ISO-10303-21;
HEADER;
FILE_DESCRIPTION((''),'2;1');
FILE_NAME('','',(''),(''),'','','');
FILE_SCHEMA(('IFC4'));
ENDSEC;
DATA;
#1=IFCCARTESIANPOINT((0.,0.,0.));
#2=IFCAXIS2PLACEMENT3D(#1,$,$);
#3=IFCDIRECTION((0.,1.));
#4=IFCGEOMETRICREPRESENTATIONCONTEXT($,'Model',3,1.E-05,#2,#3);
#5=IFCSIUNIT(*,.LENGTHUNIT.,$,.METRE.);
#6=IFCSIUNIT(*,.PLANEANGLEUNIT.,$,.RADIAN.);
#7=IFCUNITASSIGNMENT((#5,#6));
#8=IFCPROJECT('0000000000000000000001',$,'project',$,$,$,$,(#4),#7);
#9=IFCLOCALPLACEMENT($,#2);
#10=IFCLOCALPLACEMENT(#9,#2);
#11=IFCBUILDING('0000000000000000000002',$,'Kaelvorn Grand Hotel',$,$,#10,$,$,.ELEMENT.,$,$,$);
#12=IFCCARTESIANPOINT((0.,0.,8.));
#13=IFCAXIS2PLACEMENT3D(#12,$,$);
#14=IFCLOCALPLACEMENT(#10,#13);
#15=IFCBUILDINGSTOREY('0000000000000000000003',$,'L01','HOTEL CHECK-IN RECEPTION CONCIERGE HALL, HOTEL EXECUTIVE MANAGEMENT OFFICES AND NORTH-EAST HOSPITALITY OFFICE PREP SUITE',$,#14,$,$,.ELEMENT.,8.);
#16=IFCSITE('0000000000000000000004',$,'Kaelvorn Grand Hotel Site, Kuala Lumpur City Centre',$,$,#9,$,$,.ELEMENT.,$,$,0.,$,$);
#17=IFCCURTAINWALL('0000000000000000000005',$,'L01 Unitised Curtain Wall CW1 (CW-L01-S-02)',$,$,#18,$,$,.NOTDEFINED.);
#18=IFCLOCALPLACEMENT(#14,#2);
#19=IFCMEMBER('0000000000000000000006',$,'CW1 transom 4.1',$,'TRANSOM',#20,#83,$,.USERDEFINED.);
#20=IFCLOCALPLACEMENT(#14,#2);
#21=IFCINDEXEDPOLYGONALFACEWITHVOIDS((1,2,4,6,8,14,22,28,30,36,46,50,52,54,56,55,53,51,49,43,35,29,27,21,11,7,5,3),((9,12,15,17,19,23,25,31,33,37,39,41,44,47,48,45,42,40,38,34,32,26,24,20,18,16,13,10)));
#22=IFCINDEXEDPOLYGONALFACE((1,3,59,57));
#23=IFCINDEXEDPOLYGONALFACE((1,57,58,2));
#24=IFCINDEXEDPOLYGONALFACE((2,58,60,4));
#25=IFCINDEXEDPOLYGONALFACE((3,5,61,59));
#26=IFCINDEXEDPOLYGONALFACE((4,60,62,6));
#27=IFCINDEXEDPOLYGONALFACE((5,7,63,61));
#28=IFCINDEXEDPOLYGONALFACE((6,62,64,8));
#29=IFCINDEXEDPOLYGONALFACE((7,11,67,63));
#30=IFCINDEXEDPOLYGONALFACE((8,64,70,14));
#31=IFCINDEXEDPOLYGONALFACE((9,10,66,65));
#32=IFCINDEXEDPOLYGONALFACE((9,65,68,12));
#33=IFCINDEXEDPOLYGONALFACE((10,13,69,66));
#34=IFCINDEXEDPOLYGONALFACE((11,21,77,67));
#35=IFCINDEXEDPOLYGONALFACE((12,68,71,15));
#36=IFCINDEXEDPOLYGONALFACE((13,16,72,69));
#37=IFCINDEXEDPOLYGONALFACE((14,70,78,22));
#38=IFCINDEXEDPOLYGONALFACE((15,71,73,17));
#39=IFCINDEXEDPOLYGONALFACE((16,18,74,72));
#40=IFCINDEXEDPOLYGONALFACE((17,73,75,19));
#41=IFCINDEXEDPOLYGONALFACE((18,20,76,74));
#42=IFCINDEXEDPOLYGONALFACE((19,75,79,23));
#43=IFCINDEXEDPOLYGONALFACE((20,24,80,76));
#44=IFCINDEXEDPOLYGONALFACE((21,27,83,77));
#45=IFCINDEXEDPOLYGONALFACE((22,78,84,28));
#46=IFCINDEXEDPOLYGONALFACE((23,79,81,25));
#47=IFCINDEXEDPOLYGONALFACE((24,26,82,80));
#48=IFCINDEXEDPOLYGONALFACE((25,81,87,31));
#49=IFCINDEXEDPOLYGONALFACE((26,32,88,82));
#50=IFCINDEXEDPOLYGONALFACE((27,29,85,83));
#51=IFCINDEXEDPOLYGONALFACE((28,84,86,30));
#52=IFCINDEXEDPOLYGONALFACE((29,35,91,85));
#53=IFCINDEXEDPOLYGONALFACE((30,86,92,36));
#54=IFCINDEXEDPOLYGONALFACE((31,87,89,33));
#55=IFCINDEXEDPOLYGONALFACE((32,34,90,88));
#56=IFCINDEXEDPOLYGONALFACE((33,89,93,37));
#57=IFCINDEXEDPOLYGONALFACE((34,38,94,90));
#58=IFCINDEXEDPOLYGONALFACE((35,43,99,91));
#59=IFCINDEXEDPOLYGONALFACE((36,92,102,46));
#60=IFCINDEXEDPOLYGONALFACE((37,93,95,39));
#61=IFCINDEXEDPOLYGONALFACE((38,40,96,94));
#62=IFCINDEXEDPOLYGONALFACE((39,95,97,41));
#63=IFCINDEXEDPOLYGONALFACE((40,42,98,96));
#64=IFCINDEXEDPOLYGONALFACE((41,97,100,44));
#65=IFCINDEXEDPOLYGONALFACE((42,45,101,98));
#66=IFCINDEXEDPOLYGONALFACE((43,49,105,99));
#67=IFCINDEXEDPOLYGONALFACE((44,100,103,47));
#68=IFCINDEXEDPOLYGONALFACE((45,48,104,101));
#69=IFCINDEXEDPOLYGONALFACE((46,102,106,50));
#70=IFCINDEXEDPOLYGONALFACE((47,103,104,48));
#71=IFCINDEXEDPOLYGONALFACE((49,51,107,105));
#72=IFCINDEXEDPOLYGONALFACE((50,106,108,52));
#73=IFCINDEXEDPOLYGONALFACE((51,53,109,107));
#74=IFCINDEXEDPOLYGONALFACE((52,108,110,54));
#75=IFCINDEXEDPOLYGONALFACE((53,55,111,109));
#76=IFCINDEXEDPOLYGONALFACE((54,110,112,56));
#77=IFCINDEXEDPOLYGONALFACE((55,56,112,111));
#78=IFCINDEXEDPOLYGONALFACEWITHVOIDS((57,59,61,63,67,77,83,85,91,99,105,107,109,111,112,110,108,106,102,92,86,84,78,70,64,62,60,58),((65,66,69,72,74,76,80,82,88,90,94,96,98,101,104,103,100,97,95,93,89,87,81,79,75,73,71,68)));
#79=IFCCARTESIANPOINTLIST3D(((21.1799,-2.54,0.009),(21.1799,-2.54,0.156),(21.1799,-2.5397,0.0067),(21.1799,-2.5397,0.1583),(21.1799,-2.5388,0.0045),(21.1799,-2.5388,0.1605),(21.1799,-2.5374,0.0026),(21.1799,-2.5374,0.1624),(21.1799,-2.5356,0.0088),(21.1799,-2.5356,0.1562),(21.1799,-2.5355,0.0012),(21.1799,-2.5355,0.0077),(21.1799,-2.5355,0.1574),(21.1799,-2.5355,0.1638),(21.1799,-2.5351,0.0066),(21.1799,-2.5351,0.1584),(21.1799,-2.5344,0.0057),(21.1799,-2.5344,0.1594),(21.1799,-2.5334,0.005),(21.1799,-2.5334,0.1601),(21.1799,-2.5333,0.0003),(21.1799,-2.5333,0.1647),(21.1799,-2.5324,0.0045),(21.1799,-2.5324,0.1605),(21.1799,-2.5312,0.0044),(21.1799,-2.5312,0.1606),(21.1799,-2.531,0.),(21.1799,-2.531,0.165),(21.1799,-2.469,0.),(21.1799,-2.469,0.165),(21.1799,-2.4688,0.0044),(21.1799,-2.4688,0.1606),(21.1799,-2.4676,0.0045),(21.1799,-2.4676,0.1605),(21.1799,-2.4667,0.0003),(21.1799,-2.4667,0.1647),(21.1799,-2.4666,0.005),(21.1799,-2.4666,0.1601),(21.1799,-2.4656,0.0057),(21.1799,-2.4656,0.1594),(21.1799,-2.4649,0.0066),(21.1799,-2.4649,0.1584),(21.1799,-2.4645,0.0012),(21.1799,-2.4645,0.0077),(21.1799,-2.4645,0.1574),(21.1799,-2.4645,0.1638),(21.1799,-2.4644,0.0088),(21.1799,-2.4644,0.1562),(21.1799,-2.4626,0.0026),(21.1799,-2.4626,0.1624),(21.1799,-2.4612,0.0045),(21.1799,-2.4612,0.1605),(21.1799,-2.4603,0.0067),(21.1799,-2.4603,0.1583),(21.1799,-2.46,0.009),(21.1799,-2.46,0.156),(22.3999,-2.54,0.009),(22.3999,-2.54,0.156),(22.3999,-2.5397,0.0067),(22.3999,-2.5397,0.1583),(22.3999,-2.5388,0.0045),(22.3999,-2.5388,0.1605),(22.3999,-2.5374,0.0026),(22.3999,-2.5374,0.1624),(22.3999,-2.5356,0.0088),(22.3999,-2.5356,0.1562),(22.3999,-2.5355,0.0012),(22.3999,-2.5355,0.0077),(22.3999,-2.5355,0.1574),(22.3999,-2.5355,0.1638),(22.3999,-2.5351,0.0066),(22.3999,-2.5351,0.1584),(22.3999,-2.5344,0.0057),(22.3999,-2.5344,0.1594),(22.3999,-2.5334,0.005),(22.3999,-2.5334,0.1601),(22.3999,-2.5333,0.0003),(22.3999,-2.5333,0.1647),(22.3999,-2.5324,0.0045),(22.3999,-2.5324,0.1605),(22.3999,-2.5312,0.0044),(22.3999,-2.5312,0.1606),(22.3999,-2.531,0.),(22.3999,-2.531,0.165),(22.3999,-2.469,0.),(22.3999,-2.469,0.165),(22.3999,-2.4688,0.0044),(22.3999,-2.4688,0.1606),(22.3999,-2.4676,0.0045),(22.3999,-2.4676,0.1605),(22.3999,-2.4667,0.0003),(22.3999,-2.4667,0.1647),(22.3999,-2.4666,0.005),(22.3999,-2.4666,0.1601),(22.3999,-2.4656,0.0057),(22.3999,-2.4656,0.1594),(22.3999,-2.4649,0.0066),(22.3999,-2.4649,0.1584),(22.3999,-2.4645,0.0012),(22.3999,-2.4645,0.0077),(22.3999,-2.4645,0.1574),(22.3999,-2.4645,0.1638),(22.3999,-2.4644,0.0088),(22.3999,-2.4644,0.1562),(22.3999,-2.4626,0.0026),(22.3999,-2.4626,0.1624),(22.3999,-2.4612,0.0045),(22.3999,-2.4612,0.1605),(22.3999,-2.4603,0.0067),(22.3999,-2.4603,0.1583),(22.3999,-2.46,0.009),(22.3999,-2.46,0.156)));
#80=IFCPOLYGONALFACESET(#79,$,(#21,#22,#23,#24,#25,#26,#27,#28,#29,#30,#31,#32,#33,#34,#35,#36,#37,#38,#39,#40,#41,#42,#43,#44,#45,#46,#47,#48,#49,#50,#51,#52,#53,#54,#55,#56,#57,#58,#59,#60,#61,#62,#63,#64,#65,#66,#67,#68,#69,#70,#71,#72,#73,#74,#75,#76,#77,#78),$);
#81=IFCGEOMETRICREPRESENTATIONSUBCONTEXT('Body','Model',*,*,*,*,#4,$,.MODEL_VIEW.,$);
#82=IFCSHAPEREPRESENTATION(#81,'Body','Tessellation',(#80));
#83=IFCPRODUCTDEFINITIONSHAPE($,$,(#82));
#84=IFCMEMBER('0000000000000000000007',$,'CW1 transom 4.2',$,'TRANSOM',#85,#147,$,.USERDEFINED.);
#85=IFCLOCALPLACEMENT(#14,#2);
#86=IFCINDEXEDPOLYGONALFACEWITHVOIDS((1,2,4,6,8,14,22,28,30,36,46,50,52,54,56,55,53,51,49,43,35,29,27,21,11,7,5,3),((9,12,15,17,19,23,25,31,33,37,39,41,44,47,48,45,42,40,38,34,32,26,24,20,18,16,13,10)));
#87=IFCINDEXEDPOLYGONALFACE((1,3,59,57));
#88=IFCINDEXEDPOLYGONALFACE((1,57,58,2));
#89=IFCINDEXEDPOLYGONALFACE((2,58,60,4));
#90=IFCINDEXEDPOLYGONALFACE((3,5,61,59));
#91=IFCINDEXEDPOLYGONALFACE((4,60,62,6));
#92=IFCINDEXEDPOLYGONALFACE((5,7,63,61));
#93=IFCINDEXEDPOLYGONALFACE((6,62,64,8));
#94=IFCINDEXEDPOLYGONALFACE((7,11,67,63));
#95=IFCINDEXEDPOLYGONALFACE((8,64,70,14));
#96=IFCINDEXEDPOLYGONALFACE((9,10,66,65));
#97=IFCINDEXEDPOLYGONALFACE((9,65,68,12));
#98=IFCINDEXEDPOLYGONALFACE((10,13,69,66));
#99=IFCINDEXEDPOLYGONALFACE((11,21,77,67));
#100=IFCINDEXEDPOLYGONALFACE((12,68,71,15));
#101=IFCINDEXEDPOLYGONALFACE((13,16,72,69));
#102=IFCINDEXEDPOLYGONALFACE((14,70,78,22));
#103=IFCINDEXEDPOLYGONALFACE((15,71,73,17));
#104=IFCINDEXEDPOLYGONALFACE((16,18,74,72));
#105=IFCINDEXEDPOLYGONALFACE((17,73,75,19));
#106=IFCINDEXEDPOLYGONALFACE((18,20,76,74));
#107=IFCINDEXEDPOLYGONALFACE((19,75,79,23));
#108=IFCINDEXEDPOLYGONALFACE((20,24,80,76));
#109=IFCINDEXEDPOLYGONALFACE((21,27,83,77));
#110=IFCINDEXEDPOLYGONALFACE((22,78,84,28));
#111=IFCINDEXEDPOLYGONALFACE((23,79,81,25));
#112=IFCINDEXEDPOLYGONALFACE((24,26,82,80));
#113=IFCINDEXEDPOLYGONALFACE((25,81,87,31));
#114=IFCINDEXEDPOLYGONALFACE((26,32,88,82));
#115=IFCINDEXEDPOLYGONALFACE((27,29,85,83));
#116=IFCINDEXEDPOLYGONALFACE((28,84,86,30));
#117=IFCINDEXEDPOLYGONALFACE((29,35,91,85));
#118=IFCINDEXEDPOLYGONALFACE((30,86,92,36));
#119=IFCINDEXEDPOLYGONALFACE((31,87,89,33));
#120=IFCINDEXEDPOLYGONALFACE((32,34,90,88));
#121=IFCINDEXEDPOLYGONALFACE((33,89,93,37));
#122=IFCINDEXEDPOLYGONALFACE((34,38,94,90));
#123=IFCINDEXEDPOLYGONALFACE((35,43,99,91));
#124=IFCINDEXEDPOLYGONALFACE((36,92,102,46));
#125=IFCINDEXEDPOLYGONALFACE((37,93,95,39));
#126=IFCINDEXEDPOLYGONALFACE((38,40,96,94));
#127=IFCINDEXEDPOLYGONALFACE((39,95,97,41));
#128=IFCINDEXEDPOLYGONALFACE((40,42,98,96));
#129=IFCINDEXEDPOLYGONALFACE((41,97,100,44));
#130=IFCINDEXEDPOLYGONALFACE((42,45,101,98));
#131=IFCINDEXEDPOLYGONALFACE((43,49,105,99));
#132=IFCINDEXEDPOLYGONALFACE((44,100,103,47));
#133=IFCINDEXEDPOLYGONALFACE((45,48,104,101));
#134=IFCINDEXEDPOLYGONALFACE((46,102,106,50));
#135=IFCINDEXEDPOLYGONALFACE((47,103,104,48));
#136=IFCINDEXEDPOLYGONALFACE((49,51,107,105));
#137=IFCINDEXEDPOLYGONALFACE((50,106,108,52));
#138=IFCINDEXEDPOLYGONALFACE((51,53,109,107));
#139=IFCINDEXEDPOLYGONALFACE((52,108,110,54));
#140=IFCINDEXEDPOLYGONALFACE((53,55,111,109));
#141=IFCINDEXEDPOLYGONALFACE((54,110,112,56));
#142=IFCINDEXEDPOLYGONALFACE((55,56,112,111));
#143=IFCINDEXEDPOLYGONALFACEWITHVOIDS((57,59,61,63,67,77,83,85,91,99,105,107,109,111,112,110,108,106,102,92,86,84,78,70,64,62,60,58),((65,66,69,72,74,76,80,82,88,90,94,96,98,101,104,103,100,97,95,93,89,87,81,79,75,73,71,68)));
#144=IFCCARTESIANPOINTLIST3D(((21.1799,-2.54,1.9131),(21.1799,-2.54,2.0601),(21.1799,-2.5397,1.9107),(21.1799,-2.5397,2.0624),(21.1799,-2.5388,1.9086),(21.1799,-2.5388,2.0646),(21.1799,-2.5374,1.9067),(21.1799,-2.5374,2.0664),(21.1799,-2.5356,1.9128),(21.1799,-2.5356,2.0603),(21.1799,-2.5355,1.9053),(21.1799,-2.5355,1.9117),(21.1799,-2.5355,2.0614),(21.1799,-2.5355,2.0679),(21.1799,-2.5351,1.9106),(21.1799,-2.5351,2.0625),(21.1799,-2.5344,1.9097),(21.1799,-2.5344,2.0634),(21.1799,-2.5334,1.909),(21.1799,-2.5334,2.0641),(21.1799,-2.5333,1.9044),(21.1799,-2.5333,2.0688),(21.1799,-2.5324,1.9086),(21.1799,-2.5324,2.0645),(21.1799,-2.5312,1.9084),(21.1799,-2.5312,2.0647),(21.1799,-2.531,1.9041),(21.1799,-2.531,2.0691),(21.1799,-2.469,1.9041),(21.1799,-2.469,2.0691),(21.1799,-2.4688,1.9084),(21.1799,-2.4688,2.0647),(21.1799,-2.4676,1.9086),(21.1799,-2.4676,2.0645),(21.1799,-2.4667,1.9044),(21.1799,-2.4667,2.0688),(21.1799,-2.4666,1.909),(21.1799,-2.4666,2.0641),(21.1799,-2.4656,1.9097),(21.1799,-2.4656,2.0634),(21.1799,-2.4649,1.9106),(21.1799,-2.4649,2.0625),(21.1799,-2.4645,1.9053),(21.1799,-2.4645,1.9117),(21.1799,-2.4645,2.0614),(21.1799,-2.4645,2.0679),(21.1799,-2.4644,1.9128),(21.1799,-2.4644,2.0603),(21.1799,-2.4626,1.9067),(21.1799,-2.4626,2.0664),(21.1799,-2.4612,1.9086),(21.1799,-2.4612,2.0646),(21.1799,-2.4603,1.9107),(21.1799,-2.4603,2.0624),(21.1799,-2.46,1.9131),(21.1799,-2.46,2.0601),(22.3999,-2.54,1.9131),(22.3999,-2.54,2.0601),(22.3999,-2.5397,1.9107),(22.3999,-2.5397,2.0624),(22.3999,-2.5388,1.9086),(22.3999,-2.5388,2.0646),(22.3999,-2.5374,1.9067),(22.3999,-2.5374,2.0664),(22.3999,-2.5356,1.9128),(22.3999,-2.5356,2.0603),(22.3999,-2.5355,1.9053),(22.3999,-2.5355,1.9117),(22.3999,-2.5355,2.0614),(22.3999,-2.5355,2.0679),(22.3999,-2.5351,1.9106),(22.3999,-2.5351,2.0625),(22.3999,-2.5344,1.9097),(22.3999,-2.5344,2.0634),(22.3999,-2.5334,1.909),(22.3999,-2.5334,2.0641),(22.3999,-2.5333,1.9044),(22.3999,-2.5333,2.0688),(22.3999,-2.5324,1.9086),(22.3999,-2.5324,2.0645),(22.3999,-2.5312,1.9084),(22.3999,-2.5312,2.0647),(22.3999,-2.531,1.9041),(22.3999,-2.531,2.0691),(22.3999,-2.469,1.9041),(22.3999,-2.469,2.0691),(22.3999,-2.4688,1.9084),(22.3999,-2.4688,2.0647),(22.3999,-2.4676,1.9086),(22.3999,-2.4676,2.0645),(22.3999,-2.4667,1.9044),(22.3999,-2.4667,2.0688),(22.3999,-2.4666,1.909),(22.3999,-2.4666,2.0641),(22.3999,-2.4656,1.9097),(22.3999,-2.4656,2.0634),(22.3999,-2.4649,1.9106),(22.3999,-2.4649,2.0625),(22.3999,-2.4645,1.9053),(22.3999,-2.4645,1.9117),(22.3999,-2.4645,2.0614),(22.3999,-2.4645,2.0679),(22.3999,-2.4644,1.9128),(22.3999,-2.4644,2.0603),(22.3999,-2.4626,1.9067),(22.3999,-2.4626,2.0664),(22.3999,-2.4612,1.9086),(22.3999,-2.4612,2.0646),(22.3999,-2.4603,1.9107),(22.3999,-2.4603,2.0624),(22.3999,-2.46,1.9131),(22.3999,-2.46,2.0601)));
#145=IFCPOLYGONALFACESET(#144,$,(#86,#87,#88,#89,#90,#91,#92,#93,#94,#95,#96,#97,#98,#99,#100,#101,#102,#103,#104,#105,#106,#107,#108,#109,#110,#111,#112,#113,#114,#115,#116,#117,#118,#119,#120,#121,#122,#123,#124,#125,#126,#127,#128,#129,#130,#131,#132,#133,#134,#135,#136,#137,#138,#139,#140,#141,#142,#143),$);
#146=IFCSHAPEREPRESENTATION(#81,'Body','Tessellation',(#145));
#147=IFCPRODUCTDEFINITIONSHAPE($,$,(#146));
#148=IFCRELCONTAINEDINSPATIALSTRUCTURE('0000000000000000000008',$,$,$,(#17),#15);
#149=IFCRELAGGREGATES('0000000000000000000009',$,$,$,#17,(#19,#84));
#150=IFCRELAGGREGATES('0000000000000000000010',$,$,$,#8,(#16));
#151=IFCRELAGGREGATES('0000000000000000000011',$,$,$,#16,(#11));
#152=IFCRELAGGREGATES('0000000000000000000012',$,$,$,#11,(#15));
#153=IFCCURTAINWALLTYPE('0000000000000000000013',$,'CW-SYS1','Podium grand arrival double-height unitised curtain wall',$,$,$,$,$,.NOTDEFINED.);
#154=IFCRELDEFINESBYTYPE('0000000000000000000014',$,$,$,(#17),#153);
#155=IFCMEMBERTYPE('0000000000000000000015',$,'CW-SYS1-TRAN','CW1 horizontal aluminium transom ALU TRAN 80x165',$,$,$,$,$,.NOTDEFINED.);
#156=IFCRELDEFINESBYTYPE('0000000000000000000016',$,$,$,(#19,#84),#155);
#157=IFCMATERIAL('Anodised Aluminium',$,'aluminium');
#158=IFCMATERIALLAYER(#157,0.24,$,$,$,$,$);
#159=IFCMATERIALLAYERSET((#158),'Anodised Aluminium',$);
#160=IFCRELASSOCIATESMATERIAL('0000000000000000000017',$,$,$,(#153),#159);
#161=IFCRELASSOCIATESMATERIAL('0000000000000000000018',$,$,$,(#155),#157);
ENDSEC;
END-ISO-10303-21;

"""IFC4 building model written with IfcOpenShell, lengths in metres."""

from ifc_helpers import new_model, si_unit, direction, frame, origin, origin_2d, place, context, subcontext, project, spatial, hollow_rectangle, extrude, material, layer, layer_set, material_profile, profile_set, type_object, element, aggregate, save


model = new_model("IFC4")

# Units and contexts
model_context = context("Model", 3, precision=1e-05, world=origin(), true_north=direction((0.0, 1.0)))
body_context = subcontext(model_context, "Body", "Model", "MODEL_VIEW")
ifc_project = project(units=[si_unit("LENGTHUNIT", "METRE"), si_unit("PLANEANGLEUNIT", "RADIAN")], contexts=[model_context])

# Site, building, storey
site_placement = place(None, origin())
site = spatial("IfcSite", under=ifc_project, at=site_placement, Name="Kaelvorn Grand Hotel Site, Kuala Lumpur City Centre", CompositionType="ELEMENT", RefElevation=0.0)
building_placement = place(site_placement, origin())
building = spatial("IfcBuilding", under=site, at=building_placement, Name="Kaelvorn Grand Hotel", CompositionType="ELEMENT")
storey_placement = place(building_placement, frame((0.0, 0.0, 8.0)))
storey = spatial("IfcBuildingStorey", under=building, at=storey_placement, Name="L01", Description="HOTEL CHECK-IN RECEPTION CONCIERGE HALL, HOTEL EXECUTIVE MANAGEMENT OFFICES AND NORTH-EAST HOSPITALITY OFFICE PREP SUITE", CompositionType="ELEMENT", Elevation=8.0)

# Curtain wall
ifc_material_1 = material(Name="Anodised Aluminium", Category="aluminium")
ifc_layer_1 = layer(ifc_material_1, 0.24)
ifc_layer_set_1 = layer_set([ifc_layer_1], Name="Anodised Aluminium")
curtain_wall_type = type_object("IfcCurtainWallType", Name="CW-SYS1", Description="Podium grand arrival double-height unitised curtain wall", PredefinedType="NOTDEFINED", material=ifc_layer_set_1)
curtain_wall_1_placement = place(storey_placement, origin())
curtain_wall_1 = element("IfcCurtainWall", 1, at=curtain_wall_1_placement, inside=storey, type_object=curtain_wall_type, Name="L01 Unitised Curtain Wall CW1 (CW-L01-S-02)", PredefinedType="NOTDEFINED")

# Members
ifc_material_profile_1 = material_profile(ifc_material_1, hollow_rectangle(XDim=0.0801, YDim=0.165, WallThickness=0.0044, InnerFilletRadius=0.0044, OuterFilletRadius=0.009, at=origin_2d()), Name="ALU TRAN 80x165")
ifc_profile_set_1 = profile_set([ifc_material_profile_1], Name="Anodised Aluminium")
member_type_1 = type_object("IfcMemberType", Name="CW-SYS1-TRAN", Description="CW1 horizontal aluminium transom ALU TRAN 80x165", PredefinedType="NOTDEFINED", material=ifc_profile_set_1)
member_1_placement = place(storey_placement, frame((21.1799, -2.5, 0.0825), z_axis=(1.0, 0.0, 0.0), x_axis=(0.0, 1.0, 0.0)))
member_1 = element("IfcMember", 2, at=member_1_placement, type_object=member_type_1, Name="CW1 transom 4.1", ObjectType="TRANSOM", PredefinedType="USERDEFINED", context=body_context, shape_type="SweptSolid", body=[
    extrude(hollow_rectangle(XDim=0.0801, YDim=0.165, WallThickness=0.0044, InnerFilletRadius=0.0044, OuterFilletRadius=0.009, at=origin_2d()), origin(), (0.0, 0.0, 1.0), 1.22),
])
member_2_placement = place(storey_placement, frame((21.1799, -2.5, 1.9866), z_axis=(1.0, 0.0, 0.0), x_axis=(0.0, 1.0, 0.0)))
member_2 = element("IfcMember", 3, at=member_2_placement, type_object=member_type_1, Name="CW1 transom 4.2", ObjectType="TRANSOM", PredefinedType="USERDEFINED", context=body_context, shape_type="SweptSolid", body=[
    extrude(hollow_rectangle(XDim=0.0801, YDim=0.165, WallThickness=0.0044, InnerFilletRadius=0.0044, OuterFilletRadius=0.009, at=origin_2d()), origin(), (0.0, 0.0, 1.0), 1.22),
])

aggregate(curtain_wall_1, [member_1, member_2])

save(model, "model.ifc")
